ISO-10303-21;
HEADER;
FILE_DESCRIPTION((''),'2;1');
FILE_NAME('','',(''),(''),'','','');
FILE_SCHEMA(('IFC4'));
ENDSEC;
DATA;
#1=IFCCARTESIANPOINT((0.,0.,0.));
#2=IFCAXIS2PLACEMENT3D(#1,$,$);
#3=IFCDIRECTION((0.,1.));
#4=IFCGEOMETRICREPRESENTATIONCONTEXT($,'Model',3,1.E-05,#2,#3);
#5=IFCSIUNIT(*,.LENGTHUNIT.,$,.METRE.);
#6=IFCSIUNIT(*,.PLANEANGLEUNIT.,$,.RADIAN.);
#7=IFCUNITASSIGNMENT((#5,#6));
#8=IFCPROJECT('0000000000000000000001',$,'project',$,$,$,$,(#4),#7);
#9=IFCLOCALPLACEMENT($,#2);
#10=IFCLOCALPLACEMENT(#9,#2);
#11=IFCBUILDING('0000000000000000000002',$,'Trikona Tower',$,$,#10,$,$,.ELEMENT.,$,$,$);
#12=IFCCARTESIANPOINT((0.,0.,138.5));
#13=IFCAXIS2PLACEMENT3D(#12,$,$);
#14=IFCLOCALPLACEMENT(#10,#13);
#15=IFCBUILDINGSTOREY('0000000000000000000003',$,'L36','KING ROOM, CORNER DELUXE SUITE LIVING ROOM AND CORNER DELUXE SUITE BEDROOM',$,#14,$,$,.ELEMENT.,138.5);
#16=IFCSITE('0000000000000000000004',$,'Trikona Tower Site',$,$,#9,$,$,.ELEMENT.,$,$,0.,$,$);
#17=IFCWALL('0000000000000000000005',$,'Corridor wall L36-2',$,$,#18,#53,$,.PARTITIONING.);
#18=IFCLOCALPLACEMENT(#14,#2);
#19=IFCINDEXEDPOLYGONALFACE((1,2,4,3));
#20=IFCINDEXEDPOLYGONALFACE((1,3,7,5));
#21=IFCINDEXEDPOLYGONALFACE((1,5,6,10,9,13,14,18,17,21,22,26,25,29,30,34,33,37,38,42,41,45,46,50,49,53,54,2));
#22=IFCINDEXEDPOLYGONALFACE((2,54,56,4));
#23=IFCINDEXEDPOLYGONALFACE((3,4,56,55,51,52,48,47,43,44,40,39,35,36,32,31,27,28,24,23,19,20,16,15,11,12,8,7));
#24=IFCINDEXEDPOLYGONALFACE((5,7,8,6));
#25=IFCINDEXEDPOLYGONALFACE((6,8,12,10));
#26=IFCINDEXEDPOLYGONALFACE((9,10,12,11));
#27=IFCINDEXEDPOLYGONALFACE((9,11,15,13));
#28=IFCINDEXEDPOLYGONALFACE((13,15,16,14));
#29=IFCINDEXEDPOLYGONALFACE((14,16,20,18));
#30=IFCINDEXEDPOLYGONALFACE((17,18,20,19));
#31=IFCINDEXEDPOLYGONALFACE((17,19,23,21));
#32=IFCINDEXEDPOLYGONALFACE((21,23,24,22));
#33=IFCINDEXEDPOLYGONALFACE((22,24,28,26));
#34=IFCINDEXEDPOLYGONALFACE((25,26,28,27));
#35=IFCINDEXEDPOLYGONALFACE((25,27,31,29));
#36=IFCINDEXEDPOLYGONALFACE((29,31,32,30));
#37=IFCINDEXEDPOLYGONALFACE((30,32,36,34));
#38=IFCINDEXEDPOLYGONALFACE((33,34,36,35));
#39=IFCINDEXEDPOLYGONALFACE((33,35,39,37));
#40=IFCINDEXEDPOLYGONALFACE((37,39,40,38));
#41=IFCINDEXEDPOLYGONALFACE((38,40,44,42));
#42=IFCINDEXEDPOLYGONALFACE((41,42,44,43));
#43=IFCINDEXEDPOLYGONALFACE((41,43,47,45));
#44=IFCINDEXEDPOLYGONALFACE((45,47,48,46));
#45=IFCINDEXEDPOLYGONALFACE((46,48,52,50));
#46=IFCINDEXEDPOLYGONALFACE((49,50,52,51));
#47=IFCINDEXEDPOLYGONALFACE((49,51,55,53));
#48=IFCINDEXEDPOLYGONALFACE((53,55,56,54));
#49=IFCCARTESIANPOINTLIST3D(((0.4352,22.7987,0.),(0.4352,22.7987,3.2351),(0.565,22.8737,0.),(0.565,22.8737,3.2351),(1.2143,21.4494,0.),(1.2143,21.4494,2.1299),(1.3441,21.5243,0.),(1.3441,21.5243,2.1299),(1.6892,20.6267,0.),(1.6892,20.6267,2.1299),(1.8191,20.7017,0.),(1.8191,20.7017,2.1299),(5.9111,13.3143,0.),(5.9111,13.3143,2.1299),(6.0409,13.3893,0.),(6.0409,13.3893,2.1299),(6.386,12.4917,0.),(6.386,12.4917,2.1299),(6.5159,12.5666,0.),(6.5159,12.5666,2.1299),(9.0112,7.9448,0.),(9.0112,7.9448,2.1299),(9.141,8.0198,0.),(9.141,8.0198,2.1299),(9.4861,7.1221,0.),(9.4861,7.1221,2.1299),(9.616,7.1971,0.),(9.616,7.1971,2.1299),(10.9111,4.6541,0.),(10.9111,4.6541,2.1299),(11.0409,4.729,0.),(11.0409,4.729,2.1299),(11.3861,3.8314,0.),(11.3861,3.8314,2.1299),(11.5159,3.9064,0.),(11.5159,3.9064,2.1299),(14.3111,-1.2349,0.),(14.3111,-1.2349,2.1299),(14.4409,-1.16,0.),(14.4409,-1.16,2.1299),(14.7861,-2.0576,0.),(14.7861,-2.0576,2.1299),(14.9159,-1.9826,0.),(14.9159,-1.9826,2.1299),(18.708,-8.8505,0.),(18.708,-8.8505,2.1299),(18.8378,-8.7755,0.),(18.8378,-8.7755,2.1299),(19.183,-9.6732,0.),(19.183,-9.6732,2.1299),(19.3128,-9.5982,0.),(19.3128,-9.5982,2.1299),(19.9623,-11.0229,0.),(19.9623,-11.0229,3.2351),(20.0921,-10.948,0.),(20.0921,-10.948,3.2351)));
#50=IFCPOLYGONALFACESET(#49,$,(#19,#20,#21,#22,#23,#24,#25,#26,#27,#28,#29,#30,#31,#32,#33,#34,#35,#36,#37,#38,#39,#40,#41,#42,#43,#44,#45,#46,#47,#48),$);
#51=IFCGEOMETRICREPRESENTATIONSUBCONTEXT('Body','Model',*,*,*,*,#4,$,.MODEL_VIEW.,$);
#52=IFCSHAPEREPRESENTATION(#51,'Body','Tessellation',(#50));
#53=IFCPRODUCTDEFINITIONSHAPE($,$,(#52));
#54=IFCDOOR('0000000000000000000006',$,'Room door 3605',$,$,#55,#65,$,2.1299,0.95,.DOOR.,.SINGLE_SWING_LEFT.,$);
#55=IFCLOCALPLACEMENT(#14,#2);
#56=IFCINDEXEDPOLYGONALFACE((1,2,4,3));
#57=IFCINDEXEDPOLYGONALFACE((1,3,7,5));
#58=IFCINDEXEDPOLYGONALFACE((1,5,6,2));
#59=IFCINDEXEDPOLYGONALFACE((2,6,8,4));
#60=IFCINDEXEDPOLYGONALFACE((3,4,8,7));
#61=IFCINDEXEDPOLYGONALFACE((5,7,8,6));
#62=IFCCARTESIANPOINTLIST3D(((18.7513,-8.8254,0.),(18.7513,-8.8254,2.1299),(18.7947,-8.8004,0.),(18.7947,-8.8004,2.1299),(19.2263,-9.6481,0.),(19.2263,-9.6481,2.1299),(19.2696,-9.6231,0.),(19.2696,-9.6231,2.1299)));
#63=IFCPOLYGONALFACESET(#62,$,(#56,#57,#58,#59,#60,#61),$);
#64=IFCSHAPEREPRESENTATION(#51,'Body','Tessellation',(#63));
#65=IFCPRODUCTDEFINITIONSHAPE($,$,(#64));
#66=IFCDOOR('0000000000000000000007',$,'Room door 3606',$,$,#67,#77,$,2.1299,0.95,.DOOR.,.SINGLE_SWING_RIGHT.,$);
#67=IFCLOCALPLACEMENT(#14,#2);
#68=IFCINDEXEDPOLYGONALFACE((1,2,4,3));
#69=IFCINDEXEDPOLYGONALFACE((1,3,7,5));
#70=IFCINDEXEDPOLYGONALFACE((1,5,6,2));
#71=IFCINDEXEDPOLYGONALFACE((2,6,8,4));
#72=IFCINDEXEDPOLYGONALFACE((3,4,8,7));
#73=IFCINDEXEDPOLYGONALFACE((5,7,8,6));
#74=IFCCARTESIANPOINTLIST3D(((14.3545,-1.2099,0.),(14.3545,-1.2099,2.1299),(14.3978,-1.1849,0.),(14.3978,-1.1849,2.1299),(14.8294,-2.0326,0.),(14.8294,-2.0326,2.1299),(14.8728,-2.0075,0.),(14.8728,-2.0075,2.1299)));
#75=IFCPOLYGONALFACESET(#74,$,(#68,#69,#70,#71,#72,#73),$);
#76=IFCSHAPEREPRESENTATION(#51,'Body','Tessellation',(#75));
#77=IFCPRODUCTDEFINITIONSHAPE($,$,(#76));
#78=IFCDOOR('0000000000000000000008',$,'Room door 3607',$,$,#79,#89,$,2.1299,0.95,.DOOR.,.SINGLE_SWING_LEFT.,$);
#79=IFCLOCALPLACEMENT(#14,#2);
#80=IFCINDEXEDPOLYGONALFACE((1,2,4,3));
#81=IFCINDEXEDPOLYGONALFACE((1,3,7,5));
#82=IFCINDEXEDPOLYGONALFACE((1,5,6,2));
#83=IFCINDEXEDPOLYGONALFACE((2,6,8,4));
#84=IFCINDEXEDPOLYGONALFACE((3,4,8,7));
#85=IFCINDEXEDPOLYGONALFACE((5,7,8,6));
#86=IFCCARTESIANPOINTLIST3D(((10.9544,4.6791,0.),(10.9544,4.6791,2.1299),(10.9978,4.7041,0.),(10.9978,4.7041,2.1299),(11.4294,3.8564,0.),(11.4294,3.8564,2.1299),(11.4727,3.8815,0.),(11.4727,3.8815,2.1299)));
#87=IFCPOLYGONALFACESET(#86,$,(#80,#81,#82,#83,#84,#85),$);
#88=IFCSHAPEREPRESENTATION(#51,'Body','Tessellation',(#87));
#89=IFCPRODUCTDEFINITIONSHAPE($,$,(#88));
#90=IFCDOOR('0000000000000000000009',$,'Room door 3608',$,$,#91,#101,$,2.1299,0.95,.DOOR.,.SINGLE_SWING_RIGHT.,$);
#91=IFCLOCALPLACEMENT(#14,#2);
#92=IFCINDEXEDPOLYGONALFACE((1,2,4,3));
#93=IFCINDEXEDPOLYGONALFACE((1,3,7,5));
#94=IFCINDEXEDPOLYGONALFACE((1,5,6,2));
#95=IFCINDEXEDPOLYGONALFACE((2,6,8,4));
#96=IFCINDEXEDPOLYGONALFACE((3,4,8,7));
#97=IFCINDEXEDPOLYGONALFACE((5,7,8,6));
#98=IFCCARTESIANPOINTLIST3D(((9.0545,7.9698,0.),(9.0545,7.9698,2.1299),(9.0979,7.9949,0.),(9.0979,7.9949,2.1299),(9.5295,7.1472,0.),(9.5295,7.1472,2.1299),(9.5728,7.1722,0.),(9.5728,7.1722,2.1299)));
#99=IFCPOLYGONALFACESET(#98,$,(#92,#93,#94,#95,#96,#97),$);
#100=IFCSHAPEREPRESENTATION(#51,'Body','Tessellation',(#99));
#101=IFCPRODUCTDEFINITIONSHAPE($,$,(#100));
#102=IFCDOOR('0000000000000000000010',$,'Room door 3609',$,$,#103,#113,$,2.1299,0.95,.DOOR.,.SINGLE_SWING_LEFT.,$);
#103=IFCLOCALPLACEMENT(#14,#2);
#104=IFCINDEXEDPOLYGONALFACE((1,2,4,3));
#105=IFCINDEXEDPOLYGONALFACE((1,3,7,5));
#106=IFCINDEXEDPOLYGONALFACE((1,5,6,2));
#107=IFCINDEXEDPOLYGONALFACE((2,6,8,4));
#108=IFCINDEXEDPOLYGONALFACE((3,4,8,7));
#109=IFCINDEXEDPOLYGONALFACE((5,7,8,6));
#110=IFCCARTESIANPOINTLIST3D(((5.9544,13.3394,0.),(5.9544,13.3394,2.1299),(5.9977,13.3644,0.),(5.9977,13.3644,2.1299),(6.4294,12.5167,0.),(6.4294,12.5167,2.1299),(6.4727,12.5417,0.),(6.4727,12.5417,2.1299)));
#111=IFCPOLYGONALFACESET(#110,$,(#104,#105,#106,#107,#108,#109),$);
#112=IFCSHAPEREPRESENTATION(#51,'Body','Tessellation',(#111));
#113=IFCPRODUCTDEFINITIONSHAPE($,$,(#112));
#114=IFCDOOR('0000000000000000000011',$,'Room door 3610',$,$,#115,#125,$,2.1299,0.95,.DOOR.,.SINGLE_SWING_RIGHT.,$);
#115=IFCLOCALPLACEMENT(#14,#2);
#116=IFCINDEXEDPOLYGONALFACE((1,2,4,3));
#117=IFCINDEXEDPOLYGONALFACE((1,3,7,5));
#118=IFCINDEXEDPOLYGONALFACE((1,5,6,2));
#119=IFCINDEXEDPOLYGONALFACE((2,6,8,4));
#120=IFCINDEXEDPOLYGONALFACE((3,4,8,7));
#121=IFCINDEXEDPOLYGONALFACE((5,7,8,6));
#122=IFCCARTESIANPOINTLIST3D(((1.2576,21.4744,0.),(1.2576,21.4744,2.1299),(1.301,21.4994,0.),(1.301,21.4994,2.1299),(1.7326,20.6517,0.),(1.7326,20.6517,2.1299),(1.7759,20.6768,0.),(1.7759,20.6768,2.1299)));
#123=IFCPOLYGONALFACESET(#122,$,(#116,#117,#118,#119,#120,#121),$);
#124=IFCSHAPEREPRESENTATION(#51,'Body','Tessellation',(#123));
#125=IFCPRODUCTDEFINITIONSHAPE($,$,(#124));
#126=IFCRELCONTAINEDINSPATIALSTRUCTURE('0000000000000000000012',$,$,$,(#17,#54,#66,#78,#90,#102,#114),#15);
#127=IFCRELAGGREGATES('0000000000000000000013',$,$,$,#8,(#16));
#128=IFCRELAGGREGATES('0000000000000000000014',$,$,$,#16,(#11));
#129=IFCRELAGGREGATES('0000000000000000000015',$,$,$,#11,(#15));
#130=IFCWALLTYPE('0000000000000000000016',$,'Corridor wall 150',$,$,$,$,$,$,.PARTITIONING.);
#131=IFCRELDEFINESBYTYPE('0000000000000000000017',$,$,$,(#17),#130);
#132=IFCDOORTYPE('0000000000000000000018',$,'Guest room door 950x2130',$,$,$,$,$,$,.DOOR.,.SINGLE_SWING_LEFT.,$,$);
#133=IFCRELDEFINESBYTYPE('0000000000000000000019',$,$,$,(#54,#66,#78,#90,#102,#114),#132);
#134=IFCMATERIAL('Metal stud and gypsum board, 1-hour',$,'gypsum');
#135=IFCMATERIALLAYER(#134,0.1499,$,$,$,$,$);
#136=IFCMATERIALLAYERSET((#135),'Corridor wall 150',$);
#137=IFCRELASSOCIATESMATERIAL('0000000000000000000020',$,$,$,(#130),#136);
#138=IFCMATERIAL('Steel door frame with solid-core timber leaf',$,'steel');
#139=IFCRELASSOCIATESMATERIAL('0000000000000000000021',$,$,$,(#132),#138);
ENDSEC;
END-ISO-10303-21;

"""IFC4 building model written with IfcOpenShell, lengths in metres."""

from ifc_helpers import new_model, si_unit, direction, frame, frame_2d, origin, place, context, subcontext, project, spatial, rectangle, extrude, material, layer, layer_set, type_object, element, fill, save


model = new_model("IFC4")

# Units and contexts
model_context = context("Model", 3, precision=1e-05, world=origin(), true_north=direction((0.0, 1.0)))
body_context = subcontext(model_context, "Body", "Model", "MODEL_VIEW")
ifc_project = project(units=[si_unit("LENGTHUNIT", "METRE"), si_unit("PLANEANGLEUNIT", "RADIAN")], contexts=[model_context])

# Site, building, storey
site_placement = place(None, origin())
site = spatial("IfcSite", under=ifc_project, at=site_placement, Name="Trikona Tower Site", CompositionType="ELEMENT", RefElevation=0.0)
building_placement = place(site_placement, origin())
building = spatial("IfcBuilding", under=site, at=building_placement, Name="Trikona Tower", CompositionType="ELEMENT")
storey_placement = place(building_placement, frame((0.0, 0.0, 138.5)))
storey = spatial("IfcBuildingStorey", under=building, at=storey_placement, Name="L36", Description="KING ROOM, CORNER DELUXE SUITE LIVING ROOM AND CORNER DELUXE SUITE BEDROOM", CompositionType="ELEMENT", Elevation=138.5)

# Wall, openings, doors
ifc_material_1 = material(Name="Metal stud and gypsum board, 1-hour", Category="gypsum")
ifc_layer_1 = layer(ifc_material_1, 0.1499)
ifc_layer_set_1 = layer_set([ifc_layer_1], Name="Corridor wall 150")
wall_type_1 = type_object("IfcWallType", Name="Corridor wall 150", PredefinedType="PARTITIONING", material=ifc_layer_set_1)
wall_1_placement = place(storey_placement, frame((20.0271, -10.9854, 0.0), z_axis=(0.0, 0.0, 1.0), x_axis=(-0.500002, 0.866024, 0.0)))
wall_1 = element("IfcWall", 1, at=wall_1_placement, inside=storey, type_object=wall_type_1, Name="Corridor wall L36-2", PredefinedType="PARTITIONING", context=body_context, shape_type="SweptSolid", body=[
    extrude(rectangle(XDim=39.054, YDim=0.1499, at=frame_2d((19.5269, 0.0))), origin(), (0.0, 0.0, 1.0), 3.2351),
])
opening_1_placement = place(wall_1_placement, frame((1.5583, 0.0, 0.0)))
opening_1 = element("IfcOpeningElement", 2, at=opening_1_placement, cuts=wall_1, PredefinedType="OPENING", context=body_context, shape_type="SweptSolid", body=[
    extrude(rectangle(XDim=0.95, YDim=2.1299, at=frame_2d((0.4751, 1.0649))), frame((0.0, 0.085, 0.0), z_axis=(0.0, -1.0, 0.0), x_axis=(1.0, 0.0, 0.0)), (0.0, 0.0, 1.0), 0.1699),
])
opening_2_placement = place(wall_1_placement, frame((10.3521, 0.0, 0.0)))
opening_2 = element("IfcOpeningElement", 3, at=opening_2_placement, cuts=wall_1, PredefinedType="OPENING", context=body_context, shape_type="SweptSolid", body=[
    extrude(rectangle(XDim=0.95, YDim=2.1299, at=frame_2d((0.4751, 1.0649))), frame((0.0, 0.085, 0.0), z_axis=(0.0, -1.0, 0.0), x_axis=(1.0, 0.0, 0.0)), (0.0, 0.0, 1.0), 0.1699),
])
opening_3_placement = place(wall_1_placement, frame((17.1521, 0.0, 0.0)))
opening_3 = element("IfcOpeningElement", 4, at=opening_3_placement, cuts=wall_1, PredefinedType="OPENING", context=body_context, shape_type="SweptSolid", body=[
    extrude(rectangle(XDim=0.95, YDim=2.1299, at=frame_2d((0.4751, 1.0649))), frame((0.0, 0.085, 0.0), z_axis=(0.0, -1.0, 0.0), x_axis=(1.0, 0.0, 0.0)), (0.0, 0.0, 1.0), 0.1699),
])
opening_4_placement = place(wall_1_placement, frame((20.9519, 0.0, 0.0)))
opening_4 = element("IfcOpeningElement", 5, at=opening_4_placement, cuts=wall_1, PredefinedType="OPENING", context=body_context, shape_type="SweptSolid", body=[
    extrude(rectangle(XDim=0.95, YDim=2.1299, at=frame_2d((0.4751, 1.0649))), frame((0.0, 0.085, 0.0), z_axis=(0.0, -1.0, 0.0), x_axis=(1.0, 0.0, 0.0)), (0.0, 0.0, 1.0), 0.1699),
])
opening_5_placement = place(wall_1_placement, frame((27.1521, 0.0, 0.0)))
opening_5 = element("IfcOpeningElement", 6, at=opening_5_placement, cuts=wall_1, PredefinedType="OPENING", context=body_context, shape_type="SweptSolid", body=[
    extrude(rectangle(XDim=0.95, YDim=2.1299, at=frame_2d((0.4751, 1.0649))), frame((0.0, 0.085, 0.0), z_axis=(0.0, -1.0, 0.0), x_axis=(1.0, 0.0, 0.0)), (0.0, 0.0, 1.0), 0.1699),
])
opening_6_placement = place(wall_1_placement, frame((36.5457, 0.0, 0.0)))
opening_6 = element("IfcOpeningElement", 7, at=opening_6_placement, cuts=wall_1, PredefinedType="OPENING", context=body_context, shape_type="SweptSolid", body=[
    extrude(rectangle(XDim=0.95, YDim=2.1299, at=frame_2d((0.4751, 1.0649))), frame((0.0, 0.085, 0.0), z_axis=(0.0, -1.0, 0.0), x_axis=(1.0, 0.0, 0.0)), (0.0, 0.0, 1.0), 0.1699),
])
ifc_material_2 = material(Name="Steel door frame with solid-core timber leaf", Category="steel")
door_type = type_object("IfcDoorType", Name="Guest room door 950x2130", OperationType="SINGLE_SWING_LEFT", PredefinedType="DOOR", material=ifc_material_2)
door_1_placement = place(opening_1_placement, origin())
door_1 = element("IfcDoor", 8, at=door_1_placement, inside=storey, type_object=door_type, Name="Room door 3605", OperationType="SINGLE_SWING_LEFT", OverallHeight=2.1299, OverallWidth=0.95, PredefinedType="DOOR", context=body_context, shape_type="SweptSolid", body=[
    extrude(rectangle(XDim=0.95, YDim=2.1299, at=frame_2d((0.4751, 1.0649))), frame((0.0, 0.0249, 0.0), z_axis=(0.0, -1.0, 0.0), x_axis=(1.0, 0.0, 0.0)), (0.0, 0.0, 1.0), 0.05),
])
fill(opening_1, door_1)
door_2_placement = place(opening_2_placement, origin())
door_2 = element("IfcDoor", 9, at=door_2_placement, inside=storey, type_object=door_type, Name="Room door 3606", OperationType="SINGLE_SWING_RIGHT", OverallHeight=2.1299, OverallWidth=0.95, PredefinedType="DOOR", context=body_context, shape_type="SweptSolid", body=[
    extrude(rectangle(XDim=0.95, YDim=2.1299, at=frame_2d((0.4751, 1.0649))), frame((0.0, 0.0249, 0.0), z_axis=(0.0, -1.0, 0.0), x_axis=(1.0, 0.0, 0.0)), (0.0, 0.0, 1.0), 0.05),
])
fill(opening_2, door_2)
door_3_placement = place(opening_3_placement, origin())
door_3 = element("IfcDoor", 10, at=door_3_placement, inside=storey, type_object=door_type, Name="Room door 3607", OperationType="SINGLE_SWING_LEFT", OverallHeight=2.1299, OverallWidth=0.95, PredefinedType="DOOR", context=body_context, shape_type="SweptSolid", body=[
    extrude(rectangle(XDim=0.95, YDim=2.1299, at=frame_2d((0.4751, 1.0649))), frame((0.0, 0.0249, 0.0), z_axis=(0.0, -1.0, 0.0), x_axis=(1.0, 0.0, 0.0)), (0.0, 0.0, 1.0), 0.05),
])
fill(opening_3, door_3)
door_4_placement = place(opening_4_placement, origin())
door_4 = element("IfcDoor", 11, at=door_4_placement, inside=storey, type_object=door_type, Name="Room door 3608", OperationType="SINGLE_SWING_RIGHT", OverallHeight=2.1299, OverallWidth=0.95, PredefinedType="DOOR", context=body_context, shape_type="SweptSolid", body=[
    extrude(rectangle(XDim=0.95, YDim=2.1299, at=frame_2d((0.4751, 1.0649))), frame((0.0, 0.0249, 0.0), z_axis=(0.0, -1.0, 0.0), x_axis=(1.0, 0.0, 0.0)), (0.0, 0.0, 1.0), 0.05),
])
fill(opening_4, door_4)
door_5_placement = place(opening_5_placement, origin())
door_5 = element("IfcDoor", 12, at=door_5_placement, inside=storey, type_object=door_type, Name="Room door 3609", OperationType="SINGLE_SWING_LEFT", OverallHeight=2.1299, OverallWidth=0.95, PredefinedType="DOOR", context=body_context, shape_type="SweptSolid", body=[
    extrude(rectangle(XDim=0.95, YDim=2.1299, at=frame_2d((0.4751, 1.0649))), frame((0.0, 0.0249, 0.0), z_axis=(0.0, -1.0, 0.0), x_axis=(1.0, 0.0, 0.0)), (0.0, 0.0, 1.0), 0.05),
])
fill(opening_5, door_5)
door_6_placement = place(opening_6_placement, origin())
door_6 = element("IfcDoor", 13, at=door_6_placement, inside=storey, type_object=door_type, Name="Room door 3610", OperationType="SINGLE_SWING_RIGHT", OverallHeight=2.1299, OverallWidth=0.95, PredefinedType="DOOR", context=body_context, shape_type="SweptSolid", body=[
    extrude(rectangle(XDim=0.95, YDim=2.1299, at=frame_2d((0.4751, 1.0649))), frame((0.0, 0.0249, 0.0), z_axis=(0.0, -1.0, 0.0), x_axis=(1.0, 0.0, 0.0)), (0.0, 0.0, 1.0), 0.05),
])
fill(opening_6, door_6)

save(model, "model.ifc")
